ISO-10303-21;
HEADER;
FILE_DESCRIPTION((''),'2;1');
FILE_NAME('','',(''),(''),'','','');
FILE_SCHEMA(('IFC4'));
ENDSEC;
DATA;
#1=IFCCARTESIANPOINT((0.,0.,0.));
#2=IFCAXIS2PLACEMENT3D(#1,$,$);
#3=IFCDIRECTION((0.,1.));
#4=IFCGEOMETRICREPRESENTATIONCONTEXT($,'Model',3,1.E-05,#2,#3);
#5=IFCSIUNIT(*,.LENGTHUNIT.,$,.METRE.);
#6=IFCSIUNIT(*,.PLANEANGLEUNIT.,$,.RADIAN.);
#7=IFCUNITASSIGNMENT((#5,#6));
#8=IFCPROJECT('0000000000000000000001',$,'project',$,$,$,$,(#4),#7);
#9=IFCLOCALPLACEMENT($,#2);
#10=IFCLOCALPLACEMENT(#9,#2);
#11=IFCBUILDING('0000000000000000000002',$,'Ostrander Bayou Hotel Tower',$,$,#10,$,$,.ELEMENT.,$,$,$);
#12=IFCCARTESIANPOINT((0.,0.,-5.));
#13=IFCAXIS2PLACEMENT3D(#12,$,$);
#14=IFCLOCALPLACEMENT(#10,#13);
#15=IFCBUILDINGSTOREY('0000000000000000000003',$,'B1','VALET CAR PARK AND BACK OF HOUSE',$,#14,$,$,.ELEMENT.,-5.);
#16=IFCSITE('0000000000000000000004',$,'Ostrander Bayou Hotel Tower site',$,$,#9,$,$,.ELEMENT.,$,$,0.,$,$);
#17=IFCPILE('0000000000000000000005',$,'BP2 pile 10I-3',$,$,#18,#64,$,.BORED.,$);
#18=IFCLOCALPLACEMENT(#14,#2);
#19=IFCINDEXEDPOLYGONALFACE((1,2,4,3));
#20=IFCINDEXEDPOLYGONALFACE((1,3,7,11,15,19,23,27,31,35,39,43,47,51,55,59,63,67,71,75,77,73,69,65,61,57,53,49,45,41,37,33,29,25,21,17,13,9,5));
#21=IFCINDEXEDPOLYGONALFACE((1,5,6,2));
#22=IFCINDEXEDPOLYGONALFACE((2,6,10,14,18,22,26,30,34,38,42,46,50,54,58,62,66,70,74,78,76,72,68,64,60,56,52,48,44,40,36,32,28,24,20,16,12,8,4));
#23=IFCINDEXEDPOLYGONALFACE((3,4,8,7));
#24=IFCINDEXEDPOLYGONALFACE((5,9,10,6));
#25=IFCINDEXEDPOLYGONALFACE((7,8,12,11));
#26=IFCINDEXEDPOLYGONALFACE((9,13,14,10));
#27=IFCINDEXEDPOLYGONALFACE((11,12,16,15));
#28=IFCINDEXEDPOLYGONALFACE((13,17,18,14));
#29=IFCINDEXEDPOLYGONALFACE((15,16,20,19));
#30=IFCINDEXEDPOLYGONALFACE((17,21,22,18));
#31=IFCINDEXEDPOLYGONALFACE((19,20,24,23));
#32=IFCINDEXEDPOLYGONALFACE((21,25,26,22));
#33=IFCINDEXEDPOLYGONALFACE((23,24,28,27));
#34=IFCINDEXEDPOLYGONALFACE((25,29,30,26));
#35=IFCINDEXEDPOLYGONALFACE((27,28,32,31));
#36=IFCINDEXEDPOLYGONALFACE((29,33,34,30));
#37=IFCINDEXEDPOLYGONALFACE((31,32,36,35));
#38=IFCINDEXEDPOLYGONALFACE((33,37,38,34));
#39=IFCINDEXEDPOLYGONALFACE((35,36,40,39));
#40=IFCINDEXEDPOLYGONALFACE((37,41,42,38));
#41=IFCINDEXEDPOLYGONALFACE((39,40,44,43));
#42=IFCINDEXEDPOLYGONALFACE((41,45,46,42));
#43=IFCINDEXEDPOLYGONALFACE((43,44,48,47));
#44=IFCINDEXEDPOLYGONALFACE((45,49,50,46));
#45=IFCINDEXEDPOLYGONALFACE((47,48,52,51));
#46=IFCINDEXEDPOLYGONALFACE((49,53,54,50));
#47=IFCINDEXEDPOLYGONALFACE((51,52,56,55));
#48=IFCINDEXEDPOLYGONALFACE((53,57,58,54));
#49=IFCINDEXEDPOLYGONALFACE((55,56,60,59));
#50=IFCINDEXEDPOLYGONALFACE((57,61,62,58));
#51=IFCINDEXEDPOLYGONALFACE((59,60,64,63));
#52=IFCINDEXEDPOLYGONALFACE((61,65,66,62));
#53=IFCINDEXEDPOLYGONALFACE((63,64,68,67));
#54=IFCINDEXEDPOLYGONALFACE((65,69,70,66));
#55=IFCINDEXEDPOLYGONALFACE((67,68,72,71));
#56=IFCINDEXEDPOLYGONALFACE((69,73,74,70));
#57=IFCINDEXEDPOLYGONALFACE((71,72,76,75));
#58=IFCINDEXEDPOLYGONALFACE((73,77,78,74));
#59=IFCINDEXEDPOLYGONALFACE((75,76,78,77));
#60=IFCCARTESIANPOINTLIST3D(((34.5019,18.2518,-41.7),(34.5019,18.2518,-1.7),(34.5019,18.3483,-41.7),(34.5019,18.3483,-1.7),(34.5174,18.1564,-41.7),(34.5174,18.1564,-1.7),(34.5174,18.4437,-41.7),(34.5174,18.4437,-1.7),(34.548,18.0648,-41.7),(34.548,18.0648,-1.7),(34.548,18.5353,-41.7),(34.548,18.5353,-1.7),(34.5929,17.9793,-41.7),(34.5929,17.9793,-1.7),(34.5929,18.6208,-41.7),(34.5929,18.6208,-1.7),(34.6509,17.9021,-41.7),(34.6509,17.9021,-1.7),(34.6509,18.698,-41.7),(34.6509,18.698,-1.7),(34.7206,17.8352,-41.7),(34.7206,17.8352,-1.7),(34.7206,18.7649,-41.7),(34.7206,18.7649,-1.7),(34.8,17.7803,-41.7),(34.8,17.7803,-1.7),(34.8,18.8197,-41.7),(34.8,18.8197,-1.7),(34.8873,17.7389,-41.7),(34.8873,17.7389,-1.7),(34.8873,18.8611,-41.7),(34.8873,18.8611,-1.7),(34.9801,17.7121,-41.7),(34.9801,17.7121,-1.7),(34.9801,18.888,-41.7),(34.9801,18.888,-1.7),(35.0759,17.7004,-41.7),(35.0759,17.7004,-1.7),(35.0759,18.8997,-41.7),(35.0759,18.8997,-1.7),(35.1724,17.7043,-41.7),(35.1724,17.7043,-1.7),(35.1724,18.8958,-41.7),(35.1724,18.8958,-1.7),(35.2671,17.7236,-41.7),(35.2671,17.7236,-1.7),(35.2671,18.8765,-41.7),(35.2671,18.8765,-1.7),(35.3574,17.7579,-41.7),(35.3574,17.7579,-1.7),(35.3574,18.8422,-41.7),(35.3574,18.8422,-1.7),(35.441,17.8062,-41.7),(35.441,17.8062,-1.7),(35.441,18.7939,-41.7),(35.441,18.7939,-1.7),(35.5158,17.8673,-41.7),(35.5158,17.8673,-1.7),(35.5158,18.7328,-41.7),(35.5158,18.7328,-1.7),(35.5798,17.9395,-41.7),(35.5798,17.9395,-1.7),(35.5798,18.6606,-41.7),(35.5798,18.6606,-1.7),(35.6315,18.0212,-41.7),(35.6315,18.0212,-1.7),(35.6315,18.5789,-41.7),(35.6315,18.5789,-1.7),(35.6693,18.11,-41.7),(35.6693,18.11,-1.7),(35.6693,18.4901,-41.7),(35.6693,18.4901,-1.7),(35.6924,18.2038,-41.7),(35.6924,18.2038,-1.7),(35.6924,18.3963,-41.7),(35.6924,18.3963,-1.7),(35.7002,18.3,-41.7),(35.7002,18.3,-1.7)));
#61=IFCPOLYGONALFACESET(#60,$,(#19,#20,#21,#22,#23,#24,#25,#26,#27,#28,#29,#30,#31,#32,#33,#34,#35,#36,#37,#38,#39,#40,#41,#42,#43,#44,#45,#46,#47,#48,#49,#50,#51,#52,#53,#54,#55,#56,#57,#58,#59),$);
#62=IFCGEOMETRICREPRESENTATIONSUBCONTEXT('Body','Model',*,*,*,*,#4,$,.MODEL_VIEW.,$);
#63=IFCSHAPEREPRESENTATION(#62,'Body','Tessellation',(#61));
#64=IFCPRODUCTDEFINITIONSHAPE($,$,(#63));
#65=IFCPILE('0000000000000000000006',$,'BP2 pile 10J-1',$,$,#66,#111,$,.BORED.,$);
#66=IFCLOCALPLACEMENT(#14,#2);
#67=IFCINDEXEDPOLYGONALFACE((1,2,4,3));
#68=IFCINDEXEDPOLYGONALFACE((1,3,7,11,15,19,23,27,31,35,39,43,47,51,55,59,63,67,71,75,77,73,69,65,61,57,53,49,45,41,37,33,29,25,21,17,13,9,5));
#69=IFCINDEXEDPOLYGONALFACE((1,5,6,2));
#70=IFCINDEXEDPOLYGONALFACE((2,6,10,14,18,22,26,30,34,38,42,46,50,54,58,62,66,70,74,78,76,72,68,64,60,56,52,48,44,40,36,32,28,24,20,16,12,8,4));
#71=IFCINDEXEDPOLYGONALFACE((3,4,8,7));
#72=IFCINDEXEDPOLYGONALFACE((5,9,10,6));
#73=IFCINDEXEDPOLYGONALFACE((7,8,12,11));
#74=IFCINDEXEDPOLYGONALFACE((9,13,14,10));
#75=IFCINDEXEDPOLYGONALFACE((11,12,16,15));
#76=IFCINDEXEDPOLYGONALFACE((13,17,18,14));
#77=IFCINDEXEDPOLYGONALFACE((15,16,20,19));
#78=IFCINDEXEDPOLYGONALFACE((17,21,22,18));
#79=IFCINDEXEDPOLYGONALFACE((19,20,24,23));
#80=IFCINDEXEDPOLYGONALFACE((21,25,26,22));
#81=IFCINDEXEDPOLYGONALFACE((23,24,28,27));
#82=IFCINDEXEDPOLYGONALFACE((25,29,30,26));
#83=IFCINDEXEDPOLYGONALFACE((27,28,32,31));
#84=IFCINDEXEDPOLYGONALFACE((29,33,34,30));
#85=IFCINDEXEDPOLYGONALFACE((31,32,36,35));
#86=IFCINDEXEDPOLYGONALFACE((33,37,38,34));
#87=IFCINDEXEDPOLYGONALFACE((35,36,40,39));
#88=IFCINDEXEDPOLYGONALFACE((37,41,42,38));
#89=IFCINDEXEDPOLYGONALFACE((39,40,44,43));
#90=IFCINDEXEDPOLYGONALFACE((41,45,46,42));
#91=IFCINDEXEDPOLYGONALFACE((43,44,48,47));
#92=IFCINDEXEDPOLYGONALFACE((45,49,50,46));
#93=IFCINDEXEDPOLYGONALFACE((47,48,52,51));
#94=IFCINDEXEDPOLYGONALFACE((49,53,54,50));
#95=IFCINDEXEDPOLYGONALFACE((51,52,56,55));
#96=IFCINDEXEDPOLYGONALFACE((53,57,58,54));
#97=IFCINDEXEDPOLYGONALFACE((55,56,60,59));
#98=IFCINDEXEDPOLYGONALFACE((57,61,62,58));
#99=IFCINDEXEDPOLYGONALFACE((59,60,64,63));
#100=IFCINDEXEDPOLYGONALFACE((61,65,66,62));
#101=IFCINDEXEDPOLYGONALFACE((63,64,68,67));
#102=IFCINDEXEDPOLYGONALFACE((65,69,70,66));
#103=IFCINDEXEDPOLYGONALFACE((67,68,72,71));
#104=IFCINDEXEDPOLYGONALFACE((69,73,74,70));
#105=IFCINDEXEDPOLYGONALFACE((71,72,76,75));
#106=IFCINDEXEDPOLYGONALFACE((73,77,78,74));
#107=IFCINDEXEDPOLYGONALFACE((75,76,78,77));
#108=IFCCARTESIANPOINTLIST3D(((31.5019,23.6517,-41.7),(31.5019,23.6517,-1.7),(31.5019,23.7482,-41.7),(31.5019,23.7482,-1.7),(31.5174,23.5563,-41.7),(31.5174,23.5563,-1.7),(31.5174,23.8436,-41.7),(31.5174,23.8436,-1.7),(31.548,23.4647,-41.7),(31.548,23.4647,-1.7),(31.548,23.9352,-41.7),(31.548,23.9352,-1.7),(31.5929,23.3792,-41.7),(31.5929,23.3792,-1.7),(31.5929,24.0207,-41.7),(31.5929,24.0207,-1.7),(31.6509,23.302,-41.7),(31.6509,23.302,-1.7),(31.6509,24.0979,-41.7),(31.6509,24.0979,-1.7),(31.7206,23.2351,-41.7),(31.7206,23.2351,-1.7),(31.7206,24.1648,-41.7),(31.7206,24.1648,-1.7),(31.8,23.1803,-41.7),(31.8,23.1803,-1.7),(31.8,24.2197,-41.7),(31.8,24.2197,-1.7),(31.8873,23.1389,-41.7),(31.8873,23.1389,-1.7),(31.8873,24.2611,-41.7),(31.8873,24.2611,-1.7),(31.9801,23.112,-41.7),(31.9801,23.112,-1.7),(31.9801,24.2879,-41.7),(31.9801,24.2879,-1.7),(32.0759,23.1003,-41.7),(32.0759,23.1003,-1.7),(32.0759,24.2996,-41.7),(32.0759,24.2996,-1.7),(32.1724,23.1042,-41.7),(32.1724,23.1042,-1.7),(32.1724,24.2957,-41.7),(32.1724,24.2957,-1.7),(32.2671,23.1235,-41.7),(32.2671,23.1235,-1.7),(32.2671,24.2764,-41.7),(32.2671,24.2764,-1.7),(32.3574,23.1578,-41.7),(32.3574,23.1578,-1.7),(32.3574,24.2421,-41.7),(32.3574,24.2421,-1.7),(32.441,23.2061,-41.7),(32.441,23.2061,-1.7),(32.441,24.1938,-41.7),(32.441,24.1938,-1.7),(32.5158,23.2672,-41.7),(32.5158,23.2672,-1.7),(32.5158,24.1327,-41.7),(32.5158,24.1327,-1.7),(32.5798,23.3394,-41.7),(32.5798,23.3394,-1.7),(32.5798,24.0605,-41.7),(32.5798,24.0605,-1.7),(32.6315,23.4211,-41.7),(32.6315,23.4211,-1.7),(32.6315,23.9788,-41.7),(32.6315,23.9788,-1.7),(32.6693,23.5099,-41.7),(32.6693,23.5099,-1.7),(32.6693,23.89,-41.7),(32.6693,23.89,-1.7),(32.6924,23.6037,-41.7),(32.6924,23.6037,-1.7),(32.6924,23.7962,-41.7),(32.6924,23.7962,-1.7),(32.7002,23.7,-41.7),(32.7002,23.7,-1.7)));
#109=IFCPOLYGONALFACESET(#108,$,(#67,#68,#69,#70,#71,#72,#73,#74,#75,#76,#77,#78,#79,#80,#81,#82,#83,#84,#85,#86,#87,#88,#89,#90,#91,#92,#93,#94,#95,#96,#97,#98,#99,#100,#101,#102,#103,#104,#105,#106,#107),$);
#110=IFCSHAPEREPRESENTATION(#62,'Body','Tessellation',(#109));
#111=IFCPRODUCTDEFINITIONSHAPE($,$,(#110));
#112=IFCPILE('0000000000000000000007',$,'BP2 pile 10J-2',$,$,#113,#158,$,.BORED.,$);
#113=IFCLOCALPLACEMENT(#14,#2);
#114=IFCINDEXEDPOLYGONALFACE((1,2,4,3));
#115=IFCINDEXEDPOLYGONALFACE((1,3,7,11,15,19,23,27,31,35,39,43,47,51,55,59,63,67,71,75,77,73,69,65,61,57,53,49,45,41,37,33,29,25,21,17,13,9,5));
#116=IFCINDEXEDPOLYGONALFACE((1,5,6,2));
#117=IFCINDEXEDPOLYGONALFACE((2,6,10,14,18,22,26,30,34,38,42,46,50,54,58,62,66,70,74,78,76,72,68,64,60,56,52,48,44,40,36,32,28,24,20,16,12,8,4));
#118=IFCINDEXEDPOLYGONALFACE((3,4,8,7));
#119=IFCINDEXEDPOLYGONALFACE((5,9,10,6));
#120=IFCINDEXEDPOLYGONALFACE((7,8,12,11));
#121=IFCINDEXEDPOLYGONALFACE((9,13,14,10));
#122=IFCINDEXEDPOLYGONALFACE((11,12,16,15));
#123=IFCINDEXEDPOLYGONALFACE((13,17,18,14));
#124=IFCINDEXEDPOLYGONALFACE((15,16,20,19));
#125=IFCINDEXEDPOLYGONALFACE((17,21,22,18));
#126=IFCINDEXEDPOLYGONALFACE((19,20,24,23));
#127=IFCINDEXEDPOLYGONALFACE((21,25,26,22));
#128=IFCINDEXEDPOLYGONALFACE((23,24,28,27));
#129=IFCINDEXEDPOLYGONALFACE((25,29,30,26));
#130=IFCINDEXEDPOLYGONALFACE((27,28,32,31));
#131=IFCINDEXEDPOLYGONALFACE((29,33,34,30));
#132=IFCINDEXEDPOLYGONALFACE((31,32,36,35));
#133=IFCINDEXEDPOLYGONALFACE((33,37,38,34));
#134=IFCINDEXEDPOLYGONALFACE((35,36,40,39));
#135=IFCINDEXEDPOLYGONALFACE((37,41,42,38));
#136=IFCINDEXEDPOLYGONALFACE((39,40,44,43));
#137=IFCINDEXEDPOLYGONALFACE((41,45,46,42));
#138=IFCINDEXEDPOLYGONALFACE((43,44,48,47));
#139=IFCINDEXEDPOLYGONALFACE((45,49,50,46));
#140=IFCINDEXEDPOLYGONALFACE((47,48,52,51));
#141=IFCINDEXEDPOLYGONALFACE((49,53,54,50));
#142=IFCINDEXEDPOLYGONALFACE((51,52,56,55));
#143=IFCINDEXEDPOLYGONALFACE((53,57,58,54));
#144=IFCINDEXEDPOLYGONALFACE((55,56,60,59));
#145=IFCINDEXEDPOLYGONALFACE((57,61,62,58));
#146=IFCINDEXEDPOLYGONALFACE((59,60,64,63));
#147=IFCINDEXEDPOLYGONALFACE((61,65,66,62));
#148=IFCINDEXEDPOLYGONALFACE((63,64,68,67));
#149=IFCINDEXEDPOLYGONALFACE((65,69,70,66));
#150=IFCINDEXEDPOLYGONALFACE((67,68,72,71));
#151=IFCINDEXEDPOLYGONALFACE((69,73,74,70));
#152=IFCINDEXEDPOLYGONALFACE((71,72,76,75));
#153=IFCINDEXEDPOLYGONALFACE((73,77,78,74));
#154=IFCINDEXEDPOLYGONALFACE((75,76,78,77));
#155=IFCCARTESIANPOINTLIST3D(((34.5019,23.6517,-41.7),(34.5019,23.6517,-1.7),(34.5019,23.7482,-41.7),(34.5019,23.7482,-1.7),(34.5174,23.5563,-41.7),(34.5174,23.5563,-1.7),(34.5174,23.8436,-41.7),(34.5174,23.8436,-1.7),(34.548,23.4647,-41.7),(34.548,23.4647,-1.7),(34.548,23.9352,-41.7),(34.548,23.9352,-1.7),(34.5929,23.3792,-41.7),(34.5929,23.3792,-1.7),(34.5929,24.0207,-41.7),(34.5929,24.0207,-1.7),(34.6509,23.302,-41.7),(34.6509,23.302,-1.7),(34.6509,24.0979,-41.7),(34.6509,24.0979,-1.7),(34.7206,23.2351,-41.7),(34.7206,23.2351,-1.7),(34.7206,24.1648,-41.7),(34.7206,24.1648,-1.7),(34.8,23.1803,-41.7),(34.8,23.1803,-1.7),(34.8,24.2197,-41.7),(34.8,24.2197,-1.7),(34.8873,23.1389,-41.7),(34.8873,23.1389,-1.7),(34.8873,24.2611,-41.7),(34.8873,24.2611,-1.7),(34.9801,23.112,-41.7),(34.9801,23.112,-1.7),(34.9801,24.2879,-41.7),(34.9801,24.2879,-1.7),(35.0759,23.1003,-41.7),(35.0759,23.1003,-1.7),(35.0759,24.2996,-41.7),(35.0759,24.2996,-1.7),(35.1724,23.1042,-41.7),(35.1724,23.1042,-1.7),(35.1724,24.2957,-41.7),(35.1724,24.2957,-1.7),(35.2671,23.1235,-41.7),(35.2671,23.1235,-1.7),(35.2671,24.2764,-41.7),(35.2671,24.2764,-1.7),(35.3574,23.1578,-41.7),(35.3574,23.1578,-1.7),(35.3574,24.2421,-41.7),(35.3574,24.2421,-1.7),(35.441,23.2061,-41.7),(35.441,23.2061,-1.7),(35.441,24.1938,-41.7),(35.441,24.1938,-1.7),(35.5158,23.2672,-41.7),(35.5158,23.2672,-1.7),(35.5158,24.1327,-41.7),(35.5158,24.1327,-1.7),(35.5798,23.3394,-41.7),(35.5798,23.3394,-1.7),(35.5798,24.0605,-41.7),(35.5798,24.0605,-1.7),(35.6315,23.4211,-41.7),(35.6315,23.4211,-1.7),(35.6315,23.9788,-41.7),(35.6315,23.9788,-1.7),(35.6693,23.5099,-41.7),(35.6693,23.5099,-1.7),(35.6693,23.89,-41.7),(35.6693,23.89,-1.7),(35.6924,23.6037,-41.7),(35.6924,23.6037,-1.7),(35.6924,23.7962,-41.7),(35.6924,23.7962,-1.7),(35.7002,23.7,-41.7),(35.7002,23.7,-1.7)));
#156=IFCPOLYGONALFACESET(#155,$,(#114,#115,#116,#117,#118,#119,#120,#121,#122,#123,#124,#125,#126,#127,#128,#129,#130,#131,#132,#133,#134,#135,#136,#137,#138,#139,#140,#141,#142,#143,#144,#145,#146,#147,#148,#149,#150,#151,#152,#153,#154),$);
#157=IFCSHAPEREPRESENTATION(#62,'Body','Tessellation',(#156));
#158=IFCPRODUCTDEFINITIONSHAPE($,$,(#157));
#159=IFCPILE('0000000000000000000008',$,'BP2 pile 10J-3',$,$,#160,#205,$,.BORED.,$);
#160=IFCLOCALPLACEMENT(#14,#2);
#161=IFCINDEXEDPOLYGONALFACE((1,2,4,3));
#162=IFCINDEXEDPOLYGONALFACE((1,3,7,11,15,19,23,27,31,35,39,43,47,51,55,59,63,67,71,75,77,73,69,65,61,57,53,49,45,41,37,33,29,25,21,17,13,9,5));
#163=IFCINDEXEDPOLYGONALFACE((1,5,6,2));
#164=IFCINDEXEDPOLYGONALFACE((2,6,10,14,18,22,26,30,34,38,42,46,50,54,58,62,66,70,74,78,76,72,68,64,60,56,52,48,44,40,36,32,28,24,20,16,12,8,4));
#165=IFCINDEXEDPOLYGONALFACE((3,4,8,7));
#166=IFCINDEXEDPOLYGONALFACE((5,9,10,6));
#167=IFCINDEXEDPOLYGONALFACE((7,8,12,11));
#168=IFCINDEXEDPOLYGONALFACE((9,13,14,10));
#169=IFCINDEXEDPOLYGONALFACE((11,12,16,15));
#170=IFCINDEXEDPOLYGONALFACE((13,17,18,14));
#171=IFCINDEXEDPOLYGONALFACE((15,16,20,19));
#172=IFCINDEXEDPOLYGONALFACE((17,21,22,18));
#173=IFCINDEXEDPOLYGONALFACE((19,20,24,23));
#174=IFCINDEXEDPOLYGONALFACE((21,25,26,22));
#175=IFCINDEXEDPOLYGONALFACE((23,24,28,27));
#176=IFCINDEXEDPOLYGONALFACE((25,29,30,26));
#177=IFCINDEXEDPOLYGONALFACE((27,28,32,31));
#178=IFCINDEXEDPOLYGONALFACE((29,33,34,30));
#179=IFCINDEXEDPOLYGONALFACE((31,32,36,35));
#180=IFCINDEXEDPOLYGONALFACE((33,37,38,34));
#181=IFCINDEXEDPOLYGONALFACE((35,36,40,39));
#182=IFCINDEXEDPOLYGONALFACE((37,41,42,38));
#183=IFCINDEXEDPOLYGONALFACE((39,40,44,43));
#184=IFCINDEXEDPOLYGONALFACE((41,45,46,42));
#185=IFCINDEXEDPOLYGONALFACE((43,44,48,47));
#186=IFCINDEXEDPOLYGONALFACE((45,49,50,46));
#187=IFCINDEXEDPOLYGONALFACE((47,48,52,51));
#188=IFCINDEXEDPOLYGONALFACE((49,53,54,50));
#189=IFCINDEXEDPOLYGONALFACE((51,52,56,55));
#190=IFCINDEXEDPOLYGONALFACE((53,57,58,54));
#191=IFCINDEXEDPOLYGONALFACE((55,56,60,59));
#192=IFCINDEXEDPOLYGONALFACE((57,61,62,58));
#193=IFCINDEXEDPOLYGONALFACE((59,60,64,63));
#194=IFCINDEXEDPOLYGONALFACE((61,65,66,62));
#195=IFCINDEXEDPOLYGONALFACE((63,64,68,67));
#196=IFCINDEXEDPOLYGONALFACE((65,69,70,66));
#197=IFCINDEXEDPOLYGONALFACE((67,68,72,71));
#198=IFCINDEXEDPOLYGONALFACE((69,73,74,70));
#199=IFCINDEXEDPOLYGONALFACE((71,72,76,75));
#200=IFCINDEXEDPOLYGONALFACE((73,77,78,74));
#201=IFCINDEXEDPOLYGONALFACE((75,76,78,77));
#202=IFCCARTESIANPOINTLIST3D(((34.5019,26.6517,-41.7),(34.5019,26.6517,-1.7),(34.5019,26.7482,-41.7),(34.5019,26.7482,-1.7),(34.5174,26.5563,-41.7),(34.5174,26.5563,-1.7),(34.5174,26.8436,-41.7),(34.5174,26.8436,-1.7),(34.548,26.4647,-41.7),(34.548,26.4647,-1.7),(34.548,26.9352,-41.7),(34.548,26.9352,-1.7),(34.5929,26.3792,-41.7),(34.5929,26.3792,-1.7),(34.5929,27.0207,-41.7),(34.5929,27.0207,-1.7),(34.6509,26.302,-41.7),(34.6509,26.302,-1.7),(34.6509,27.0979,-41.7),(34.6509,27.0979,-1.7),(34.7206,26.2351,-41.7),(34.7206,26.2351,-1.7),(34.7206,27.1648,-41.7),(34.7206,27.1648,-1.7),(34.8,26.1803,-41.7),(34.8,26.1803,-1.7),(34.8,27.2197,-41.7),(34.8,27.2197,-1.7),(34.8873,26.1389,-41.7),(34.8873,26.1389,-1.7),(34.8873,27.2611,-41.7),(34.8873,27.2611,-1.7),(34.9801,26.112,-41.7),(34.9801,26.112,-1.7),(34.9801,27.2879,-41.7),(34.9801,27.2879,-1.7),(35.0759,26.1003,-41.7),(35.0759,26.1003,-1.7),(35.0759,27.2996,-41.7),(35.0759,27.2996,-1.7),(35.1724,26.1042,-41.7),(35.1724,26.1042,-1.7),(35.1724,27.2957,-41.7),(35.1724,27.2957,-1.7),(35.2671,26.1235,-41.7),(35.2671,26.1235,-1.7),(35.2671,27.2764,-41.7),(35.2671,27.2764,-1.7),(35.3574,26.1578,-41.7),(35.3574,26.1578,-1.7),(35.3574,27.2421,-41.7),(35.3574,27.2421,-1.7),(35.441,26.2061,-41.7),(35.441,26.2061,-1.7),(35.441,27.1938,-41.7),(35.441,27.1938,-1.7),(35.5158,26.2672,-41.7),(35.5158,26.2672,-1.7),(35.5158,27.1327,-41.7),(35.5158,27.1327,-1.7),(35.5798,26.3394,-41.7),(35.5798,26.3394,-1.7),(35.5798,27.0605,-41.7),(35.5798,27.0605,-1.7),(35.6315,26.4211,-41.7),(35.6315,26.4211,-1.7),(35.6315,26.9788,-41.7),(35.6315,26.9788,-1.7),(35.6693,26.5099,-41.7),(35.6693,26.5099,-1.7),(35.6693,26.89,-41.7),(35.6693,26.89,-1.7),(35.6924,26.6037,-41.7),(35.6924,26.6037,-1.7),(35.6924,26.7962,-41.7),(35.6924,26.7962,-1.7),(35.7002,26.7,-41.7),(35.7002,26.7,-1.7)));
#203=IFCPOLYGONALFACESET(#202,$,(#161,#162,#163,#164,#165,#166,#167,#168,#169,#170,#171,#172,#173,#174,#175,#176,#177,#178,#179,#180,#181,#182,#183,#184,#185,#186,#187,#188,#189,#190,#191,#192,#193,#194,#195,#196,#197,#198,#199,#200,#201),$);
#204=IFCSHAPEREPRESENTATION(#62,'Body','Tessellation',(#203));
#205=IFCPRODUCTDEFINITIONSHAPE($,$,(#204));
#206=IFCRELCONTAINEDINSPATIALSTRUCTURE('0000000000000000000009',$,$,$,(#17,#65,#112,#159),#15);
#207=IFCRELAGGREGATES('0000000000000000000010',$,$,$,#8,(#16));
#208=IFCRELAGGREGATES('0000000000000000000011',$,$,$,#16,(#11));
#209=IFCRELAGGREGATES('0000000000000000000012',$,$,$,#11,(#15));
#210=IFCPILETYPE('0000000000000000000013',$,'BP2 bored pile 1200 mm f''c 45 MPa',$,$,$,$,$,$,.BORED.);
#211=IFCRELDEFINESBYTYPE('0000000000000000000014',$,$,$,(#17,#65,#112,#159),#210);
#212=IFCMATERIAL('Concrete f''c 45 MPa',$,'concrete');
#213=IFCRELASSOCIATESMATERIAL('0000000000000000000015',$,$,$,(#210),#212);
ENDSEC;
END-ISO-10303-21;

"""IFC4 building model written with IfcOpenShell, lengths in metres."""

from ifc_helpers import new_model, si_unit, direction, frame, origin, origin_2d, place, context, subcontext, project, spatial, circle, extrude, material, material_profile, profile_set, type_object, element, save


model = new_model("IFC4")

# Units and contexts
model_context = context("Model", 3, precision=1e-05, world=origin(), true_north=direction((0.0, 1.0)))
body_context = subcontext(model_context, "Body", "Model", "MODEL_VIEW")
ifc_project = project(units=[si_unit("LENGTHUNIT", "METRE"), si_unit("PLANEANGLEUNIT", "RADIAN")], contexts=[model_context])

# Site, building, storey
site_placement = place(None, origin())
site = spatial("IfcSite", under=ifc_project, at=site_placement, Name="Ostrander Bayou Hotel Tower site", CompositionType="ELEMENT", RefElevation=0.0)
building_placement = place(site_placement, origin())
building = spatial("IfcBuilding", under=site, at=building_placement, Name="Ostrander Bayou Hotel Tower", CompositionType="ELEMENT")
storey_placement = place(building_placement, frame((0.0, 0.0, -5.0)))
storey = spatial("IfcBuildingStorey", under=building, at=storey_placement, Name="B1", Description="VALET CAR PARK AND BACK OF HOUSE", CompositionType="ELEMENT", Elevation=-5.0)

# Piles
ifc_material_1 = material(Name="Concrete f'c 45 MPa", Category="concrete")
ifc_material_profile_1 = material_profile(ifc_material_1, circle(Radius=0.6001, at=origin_2d()))
ifc_profile_set_1 = profile_set([ifc_material_profile_1], Name="Concrete f'c 45 MPa")
pile_type = type_object("IfcPileType", Name="BP2 bored pile 1200 mm f'c 45 MPa", PredefinedType="BORED", material=ifc_profile_set_1)
for number, where, z_axis, x_axis, name in (
    (1, (35.1001, 18.3, -1.7), (0.0, 0.0, -1.0), (1.0, 0.0, 0.0), "BP2 pile 10I-3"),
    (2, (32.1001, 23.7, -1.7), (0.0, 0.0, -1.0), (1.0, 0.0, 0.0), "BP2 pile 10J-1"),
    (3, (35.1001, 23.7, -1.7), (0.0, 0.0, -1.0), (1.0, 0.0, 0.0), "BP2 pile 10J-2"),
    (4, (35.1001, 26.7, -1.7), (0.0, 0.0, -1.0), (1.0, 0.0, 0.0), "BP2 pile 10J-3"),
):
    element("IfcPile", number, at=place(storey_placement, frame(where, z_axis=z_axis, x_axis=x_axis)), inside=storey, type_object=pile_type, Name=name, PredefinedType="BORED", context=body_context, shape_type="SweptSolid", body=[
        extrude(circle(Radius=0.6001, at=origin_2d()), origin(), (0.0, 0.0, 1.0), 40.0),
    ])

save(model, "model.ifc")
